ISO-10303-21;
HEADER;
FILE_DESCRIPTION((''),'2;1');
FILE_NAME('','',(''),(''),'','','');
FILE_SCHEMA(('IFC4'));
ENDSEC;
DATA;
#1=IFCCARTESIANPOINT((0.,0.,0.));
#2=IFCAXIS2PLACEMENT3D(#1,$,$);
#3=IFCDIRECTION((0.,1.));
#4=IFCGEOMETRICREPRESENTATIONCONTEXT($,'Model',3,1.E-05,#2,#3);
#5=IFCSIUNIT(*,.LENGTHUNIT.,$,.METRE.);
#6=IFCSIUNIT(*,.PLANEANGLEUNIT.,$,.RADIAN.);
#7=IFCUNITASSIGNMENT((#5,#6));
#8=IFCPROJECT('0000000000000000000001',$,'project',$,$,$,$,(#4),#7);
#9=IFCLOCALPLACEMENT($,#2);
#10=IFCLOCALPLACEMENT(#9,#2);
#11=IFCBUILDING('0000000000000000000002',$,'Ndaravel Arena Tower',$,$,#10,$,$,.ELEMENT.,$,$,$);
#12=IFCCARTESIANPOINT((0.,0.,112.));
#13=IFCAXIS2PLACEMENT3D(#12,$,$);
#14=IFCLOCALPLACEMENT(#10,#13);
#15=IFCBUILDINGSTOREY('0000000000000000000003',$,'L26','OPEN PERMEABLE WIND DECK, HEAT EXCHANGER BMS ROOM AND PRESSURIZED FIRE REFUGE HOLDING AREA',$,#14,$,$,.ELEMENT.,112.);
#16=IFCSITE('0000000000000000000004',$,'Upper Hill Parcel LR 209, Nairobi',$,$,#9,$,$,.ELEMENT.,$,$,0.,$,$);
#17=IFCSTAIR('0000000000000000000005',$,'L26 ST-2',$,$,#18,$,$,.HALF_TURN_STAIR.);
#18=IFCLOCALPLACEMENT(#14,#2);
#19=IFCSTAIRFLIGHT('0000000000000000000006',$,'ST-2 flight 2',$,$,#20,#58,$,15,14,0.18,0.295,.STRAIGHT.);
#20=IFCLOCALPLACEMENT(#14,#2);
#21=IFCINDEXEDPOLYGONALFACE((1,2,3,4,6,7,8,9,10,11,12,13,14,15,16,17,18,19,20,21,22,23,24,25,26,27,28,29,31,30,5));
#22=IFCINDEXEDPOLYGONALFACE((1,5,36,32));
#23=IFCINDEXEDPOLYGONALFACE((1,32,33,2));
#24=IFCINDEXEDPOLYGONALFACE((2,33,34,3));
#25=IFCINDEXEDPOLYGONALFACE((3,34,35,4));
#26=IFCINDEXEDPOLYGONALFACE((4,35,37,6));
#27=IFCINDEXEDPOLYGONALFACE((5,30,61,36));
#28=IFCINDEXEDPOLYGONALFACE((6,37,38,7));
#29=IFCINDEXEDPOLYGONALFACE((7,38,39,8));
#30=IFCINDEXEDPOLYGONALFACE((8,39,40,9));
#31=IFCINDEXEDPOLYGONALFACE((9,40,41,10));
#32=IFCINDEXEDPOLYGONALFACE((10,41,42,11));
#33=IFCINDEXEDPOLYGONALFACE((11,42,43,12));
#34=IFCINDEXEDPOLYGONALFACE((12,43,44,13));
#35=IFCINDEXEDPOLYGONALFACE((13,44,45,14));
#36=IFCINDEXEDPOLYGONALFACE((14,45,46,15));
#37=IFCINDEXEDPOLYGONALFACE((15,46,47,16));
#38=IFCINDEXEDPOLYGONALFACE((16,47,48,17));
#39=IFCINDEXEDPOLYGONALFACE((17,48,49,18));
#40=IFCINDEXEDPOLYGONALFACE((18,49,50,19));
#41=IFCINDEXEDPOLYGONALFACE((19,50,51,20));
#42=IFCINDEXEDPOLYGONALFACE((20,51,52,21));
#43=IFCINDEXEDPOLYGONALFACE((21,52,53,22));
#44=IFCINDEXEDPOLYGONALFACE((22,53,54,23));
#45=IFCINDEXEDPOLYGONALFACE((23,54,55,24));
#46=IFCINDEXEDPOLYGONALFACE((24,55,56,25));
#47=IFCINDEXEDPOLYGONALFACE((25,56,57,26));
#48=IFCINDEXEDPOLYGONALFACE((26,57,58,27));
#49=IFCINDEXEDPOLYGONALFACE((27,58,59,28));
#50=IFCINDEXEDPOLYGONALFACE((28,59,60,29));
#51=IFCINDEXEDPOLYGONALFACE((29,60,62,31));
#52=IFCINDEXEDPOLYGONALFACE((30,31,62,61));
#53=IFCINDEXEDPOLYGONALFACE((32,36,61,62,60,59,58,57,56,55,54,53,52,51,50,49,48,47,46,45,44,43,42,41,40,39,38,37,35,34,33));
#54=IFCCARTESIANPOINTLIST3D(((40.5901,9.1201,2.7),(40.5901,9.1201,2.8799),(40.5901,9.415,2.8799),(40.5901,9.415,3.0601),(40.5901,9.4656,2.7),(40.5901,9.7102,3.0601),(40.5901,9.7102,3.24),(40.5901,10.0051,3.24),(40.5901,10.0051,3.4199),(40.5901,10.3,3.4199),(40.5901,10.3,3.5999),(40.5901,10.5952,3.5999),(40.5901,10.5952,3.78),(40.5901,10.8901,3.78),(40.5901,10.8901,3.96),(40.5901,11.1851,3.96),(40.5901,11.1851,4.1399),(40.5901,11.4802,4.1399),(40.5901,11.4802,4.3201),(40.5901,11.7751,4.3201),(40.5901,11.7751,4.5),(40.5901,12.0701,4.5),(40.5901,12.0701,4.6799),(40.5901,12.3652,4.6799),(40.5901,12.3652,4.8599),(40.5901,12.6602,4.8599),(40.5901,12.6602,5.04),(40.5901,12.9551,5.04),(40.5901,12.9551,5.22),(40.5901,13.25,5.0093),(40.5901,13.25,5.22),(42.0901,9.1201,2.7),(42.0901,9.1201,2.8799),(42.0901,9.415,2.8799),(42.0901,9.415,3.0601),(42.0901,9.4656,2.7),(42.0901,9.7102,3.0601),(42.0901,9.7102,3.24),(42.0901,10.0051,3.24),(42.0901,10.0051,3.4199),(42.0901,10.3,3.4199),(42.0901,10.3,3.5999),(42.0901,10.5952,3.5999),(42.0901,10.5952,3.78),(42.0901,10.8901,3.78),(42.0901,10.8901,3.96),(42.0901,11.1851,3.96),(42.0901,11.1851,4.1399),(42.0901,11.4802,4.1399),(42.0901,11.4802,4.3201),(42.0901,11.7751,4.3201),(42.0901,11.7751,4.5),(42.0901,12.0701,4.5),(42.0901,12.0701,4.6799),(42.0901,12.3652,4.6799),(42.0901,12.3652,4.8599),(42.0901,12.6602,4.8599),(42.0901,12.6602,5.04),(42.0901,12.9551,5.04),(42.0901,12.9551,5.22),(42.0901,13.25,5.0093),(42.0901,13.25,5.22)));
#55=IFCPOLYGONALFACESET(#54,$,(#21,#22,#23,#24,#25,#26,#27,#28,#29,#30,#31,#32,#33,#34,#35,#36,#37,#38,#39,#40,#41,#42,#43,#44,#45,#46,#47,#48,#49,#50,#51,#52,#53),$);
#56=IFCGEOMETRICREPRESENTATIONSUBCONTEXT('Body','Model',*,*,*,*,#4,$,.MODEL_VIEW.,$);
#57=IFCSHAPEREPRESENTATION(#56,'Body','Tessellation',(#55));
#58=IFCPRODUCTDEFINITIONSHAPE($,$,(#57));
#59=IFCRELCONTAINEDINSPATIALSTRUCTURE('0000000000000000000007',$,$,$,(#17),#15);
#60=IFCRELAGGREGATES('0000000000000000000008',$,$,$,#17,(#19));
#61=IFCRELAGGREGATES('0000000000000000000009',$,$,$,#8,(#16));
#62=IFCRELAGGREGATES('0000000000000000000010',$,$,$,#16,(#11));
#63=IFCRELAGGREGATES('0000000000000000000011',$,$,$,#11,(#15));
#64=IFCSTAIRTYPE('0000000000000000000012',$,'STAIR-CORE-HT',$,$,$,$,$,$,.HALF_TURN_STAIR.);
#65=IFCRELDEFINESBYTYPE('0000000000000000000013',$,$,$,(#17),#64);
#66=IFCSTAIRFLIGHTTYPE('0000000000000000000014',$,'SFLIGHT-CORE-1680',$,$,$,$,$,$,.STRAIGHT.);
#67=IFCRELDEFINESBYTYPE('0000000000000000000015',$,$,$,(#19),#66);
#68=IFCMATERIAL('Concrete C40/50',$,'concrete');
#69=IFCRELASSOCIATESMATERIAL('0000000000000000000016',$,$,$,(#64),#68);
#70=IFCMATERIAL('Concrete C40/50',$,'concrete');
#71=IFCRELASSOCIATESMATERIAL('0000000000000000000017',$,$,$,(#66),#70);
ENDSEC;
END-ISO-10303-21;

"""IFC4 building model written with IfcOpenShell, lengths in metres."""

from ifc_helpers import new_model, si_unit, direction, frame, origin, place, context, subcontext, project, spatial, polyline, outline, extrude, material, type_object, element, aggregate, save


model = new_model("IFC4")

# Units and contexts
model_context = context("Model", 3, precision=1e-05, world=origin(), true_north=direction((0.0, 1.0)))
body_context = subcontext(model_context, "Body", "Model", "MODEL_VIEW")
ifc_project = project(units=[si_unit("LENGTHUNIT", "METRE"), si_unit("PLANEANGLEUNIT", "RADIAN")], contexts=[model_context])

# Site, building, storey
site_placement = place(None, origin())
site = spatial("IfcSite", under=ifc_project, at=site_placement, Name="Upper Hill Parcel LR 209, Nairobi", CompositionType="ELEMENT", RefElevation=0.0)
building_placement = place(site_placement, origin())
building = spatial("IfcBuilding", under=site, at=building_placement, Name="Ndaravel Arena Tower", CompositionType="ELEMENT")
storey_placement = place(building_placement, frame((0.0, 0.0, 112.0)))
storey = spatial("IfcBuildingStorey", under=building, at=storey_placement, Name="L26", Description="OPEN PERMEABLE WIND DECK, HEAT EXCHANGER BMS ROOM AND PRESSURIZED FIRE REFUGE HOLDING AREA", CompositionType="ELEMENT", Elevation=112.0)

# Stair, stair flight
ifc_material_1 = material(Name="Concrete C40/50", Category="concrete")
stair_type = type_object("IfcStairType", Name="STAIR-CORE-HT", PredefinedType="HALF_TURN_STAIR", material=ifc_material_1)
stair_placement = place(storey_placement, origin())
stair = element("IfcStair", 1, at=stair_placement, inside=storey, type_object=stair_type, Name="L26 ST-2", PredefinedType="HALF_TURN_STAIR")
ifc_material_2 = material(Name="Concrete C40/50", Category="concrete")
stair_flight_type = type_object("IfcStairFlightType", Name="SFLIGHT-CORE-1680", PredefinedType="STRAIGHT", material=ifc_material_2)
stair_flight_1_placement = place(storey_placement, frame((41.3401, 9.1201, 2.7), z_axis=(0.0, 0.0, 1.0), x_axis=(0.0, 1.0, 0.0)))
stair_flight_1 = element("IfcStairFlight", 2, at=stair_flight_1_placement, type_object=stair_flight_type, Name="ST-2 flight 2", NumberOfRisers=15, NumberOfTreads=14, PredefinedType="STRAIGHT", RiserHeight=0.18, TreadLength=0.295, context=body_context, shape_type="SweptSolid", body=[
    extrude(outline(polyline([(0.0, 0.0), (0.0, 0.1799), (0.2949, 0.1799), (0.2949, 0.3601), (0.5901, 0.3601), (0.5901, 0.54), (0.885, 0.54), (0.885, 0.72), (1.1799, 0.72), (1.1799, 0.8999), (1.4751, 0.8999), (1.4751, 1.0801), (1.77, 1.0801), (1.77, 1.26), (2.0649, 1.26), (2.0649, 1.4399), (2.3601, 1.4399), (2.3601, 1.6201), (2.655, 1.6201), (2.655, 1.8), (2.95, 1.8), (2.95, 1.98), (3.2451, 1.98), (3.2451, 2.1599), (3.54, 2.1599), (3.54, 2.3401), (3.835, 2.3401), (3.835, 2.52), (4.1299, 2.52), (4.1299, 2.7), (4.1299, 2.3093), (0.3455, 0.0), (0.0, 0.0)])), frame((0.0, 0.75, 0.0), z_axis=(0.0, -1.0, 0.0), x_axis=(1.0, 0.0, 0.0)), (0.0, 0.0, 1.0), 1.5),
])
aggregate(stair, [stair_flight_1])

save(model, "model.ifc")
